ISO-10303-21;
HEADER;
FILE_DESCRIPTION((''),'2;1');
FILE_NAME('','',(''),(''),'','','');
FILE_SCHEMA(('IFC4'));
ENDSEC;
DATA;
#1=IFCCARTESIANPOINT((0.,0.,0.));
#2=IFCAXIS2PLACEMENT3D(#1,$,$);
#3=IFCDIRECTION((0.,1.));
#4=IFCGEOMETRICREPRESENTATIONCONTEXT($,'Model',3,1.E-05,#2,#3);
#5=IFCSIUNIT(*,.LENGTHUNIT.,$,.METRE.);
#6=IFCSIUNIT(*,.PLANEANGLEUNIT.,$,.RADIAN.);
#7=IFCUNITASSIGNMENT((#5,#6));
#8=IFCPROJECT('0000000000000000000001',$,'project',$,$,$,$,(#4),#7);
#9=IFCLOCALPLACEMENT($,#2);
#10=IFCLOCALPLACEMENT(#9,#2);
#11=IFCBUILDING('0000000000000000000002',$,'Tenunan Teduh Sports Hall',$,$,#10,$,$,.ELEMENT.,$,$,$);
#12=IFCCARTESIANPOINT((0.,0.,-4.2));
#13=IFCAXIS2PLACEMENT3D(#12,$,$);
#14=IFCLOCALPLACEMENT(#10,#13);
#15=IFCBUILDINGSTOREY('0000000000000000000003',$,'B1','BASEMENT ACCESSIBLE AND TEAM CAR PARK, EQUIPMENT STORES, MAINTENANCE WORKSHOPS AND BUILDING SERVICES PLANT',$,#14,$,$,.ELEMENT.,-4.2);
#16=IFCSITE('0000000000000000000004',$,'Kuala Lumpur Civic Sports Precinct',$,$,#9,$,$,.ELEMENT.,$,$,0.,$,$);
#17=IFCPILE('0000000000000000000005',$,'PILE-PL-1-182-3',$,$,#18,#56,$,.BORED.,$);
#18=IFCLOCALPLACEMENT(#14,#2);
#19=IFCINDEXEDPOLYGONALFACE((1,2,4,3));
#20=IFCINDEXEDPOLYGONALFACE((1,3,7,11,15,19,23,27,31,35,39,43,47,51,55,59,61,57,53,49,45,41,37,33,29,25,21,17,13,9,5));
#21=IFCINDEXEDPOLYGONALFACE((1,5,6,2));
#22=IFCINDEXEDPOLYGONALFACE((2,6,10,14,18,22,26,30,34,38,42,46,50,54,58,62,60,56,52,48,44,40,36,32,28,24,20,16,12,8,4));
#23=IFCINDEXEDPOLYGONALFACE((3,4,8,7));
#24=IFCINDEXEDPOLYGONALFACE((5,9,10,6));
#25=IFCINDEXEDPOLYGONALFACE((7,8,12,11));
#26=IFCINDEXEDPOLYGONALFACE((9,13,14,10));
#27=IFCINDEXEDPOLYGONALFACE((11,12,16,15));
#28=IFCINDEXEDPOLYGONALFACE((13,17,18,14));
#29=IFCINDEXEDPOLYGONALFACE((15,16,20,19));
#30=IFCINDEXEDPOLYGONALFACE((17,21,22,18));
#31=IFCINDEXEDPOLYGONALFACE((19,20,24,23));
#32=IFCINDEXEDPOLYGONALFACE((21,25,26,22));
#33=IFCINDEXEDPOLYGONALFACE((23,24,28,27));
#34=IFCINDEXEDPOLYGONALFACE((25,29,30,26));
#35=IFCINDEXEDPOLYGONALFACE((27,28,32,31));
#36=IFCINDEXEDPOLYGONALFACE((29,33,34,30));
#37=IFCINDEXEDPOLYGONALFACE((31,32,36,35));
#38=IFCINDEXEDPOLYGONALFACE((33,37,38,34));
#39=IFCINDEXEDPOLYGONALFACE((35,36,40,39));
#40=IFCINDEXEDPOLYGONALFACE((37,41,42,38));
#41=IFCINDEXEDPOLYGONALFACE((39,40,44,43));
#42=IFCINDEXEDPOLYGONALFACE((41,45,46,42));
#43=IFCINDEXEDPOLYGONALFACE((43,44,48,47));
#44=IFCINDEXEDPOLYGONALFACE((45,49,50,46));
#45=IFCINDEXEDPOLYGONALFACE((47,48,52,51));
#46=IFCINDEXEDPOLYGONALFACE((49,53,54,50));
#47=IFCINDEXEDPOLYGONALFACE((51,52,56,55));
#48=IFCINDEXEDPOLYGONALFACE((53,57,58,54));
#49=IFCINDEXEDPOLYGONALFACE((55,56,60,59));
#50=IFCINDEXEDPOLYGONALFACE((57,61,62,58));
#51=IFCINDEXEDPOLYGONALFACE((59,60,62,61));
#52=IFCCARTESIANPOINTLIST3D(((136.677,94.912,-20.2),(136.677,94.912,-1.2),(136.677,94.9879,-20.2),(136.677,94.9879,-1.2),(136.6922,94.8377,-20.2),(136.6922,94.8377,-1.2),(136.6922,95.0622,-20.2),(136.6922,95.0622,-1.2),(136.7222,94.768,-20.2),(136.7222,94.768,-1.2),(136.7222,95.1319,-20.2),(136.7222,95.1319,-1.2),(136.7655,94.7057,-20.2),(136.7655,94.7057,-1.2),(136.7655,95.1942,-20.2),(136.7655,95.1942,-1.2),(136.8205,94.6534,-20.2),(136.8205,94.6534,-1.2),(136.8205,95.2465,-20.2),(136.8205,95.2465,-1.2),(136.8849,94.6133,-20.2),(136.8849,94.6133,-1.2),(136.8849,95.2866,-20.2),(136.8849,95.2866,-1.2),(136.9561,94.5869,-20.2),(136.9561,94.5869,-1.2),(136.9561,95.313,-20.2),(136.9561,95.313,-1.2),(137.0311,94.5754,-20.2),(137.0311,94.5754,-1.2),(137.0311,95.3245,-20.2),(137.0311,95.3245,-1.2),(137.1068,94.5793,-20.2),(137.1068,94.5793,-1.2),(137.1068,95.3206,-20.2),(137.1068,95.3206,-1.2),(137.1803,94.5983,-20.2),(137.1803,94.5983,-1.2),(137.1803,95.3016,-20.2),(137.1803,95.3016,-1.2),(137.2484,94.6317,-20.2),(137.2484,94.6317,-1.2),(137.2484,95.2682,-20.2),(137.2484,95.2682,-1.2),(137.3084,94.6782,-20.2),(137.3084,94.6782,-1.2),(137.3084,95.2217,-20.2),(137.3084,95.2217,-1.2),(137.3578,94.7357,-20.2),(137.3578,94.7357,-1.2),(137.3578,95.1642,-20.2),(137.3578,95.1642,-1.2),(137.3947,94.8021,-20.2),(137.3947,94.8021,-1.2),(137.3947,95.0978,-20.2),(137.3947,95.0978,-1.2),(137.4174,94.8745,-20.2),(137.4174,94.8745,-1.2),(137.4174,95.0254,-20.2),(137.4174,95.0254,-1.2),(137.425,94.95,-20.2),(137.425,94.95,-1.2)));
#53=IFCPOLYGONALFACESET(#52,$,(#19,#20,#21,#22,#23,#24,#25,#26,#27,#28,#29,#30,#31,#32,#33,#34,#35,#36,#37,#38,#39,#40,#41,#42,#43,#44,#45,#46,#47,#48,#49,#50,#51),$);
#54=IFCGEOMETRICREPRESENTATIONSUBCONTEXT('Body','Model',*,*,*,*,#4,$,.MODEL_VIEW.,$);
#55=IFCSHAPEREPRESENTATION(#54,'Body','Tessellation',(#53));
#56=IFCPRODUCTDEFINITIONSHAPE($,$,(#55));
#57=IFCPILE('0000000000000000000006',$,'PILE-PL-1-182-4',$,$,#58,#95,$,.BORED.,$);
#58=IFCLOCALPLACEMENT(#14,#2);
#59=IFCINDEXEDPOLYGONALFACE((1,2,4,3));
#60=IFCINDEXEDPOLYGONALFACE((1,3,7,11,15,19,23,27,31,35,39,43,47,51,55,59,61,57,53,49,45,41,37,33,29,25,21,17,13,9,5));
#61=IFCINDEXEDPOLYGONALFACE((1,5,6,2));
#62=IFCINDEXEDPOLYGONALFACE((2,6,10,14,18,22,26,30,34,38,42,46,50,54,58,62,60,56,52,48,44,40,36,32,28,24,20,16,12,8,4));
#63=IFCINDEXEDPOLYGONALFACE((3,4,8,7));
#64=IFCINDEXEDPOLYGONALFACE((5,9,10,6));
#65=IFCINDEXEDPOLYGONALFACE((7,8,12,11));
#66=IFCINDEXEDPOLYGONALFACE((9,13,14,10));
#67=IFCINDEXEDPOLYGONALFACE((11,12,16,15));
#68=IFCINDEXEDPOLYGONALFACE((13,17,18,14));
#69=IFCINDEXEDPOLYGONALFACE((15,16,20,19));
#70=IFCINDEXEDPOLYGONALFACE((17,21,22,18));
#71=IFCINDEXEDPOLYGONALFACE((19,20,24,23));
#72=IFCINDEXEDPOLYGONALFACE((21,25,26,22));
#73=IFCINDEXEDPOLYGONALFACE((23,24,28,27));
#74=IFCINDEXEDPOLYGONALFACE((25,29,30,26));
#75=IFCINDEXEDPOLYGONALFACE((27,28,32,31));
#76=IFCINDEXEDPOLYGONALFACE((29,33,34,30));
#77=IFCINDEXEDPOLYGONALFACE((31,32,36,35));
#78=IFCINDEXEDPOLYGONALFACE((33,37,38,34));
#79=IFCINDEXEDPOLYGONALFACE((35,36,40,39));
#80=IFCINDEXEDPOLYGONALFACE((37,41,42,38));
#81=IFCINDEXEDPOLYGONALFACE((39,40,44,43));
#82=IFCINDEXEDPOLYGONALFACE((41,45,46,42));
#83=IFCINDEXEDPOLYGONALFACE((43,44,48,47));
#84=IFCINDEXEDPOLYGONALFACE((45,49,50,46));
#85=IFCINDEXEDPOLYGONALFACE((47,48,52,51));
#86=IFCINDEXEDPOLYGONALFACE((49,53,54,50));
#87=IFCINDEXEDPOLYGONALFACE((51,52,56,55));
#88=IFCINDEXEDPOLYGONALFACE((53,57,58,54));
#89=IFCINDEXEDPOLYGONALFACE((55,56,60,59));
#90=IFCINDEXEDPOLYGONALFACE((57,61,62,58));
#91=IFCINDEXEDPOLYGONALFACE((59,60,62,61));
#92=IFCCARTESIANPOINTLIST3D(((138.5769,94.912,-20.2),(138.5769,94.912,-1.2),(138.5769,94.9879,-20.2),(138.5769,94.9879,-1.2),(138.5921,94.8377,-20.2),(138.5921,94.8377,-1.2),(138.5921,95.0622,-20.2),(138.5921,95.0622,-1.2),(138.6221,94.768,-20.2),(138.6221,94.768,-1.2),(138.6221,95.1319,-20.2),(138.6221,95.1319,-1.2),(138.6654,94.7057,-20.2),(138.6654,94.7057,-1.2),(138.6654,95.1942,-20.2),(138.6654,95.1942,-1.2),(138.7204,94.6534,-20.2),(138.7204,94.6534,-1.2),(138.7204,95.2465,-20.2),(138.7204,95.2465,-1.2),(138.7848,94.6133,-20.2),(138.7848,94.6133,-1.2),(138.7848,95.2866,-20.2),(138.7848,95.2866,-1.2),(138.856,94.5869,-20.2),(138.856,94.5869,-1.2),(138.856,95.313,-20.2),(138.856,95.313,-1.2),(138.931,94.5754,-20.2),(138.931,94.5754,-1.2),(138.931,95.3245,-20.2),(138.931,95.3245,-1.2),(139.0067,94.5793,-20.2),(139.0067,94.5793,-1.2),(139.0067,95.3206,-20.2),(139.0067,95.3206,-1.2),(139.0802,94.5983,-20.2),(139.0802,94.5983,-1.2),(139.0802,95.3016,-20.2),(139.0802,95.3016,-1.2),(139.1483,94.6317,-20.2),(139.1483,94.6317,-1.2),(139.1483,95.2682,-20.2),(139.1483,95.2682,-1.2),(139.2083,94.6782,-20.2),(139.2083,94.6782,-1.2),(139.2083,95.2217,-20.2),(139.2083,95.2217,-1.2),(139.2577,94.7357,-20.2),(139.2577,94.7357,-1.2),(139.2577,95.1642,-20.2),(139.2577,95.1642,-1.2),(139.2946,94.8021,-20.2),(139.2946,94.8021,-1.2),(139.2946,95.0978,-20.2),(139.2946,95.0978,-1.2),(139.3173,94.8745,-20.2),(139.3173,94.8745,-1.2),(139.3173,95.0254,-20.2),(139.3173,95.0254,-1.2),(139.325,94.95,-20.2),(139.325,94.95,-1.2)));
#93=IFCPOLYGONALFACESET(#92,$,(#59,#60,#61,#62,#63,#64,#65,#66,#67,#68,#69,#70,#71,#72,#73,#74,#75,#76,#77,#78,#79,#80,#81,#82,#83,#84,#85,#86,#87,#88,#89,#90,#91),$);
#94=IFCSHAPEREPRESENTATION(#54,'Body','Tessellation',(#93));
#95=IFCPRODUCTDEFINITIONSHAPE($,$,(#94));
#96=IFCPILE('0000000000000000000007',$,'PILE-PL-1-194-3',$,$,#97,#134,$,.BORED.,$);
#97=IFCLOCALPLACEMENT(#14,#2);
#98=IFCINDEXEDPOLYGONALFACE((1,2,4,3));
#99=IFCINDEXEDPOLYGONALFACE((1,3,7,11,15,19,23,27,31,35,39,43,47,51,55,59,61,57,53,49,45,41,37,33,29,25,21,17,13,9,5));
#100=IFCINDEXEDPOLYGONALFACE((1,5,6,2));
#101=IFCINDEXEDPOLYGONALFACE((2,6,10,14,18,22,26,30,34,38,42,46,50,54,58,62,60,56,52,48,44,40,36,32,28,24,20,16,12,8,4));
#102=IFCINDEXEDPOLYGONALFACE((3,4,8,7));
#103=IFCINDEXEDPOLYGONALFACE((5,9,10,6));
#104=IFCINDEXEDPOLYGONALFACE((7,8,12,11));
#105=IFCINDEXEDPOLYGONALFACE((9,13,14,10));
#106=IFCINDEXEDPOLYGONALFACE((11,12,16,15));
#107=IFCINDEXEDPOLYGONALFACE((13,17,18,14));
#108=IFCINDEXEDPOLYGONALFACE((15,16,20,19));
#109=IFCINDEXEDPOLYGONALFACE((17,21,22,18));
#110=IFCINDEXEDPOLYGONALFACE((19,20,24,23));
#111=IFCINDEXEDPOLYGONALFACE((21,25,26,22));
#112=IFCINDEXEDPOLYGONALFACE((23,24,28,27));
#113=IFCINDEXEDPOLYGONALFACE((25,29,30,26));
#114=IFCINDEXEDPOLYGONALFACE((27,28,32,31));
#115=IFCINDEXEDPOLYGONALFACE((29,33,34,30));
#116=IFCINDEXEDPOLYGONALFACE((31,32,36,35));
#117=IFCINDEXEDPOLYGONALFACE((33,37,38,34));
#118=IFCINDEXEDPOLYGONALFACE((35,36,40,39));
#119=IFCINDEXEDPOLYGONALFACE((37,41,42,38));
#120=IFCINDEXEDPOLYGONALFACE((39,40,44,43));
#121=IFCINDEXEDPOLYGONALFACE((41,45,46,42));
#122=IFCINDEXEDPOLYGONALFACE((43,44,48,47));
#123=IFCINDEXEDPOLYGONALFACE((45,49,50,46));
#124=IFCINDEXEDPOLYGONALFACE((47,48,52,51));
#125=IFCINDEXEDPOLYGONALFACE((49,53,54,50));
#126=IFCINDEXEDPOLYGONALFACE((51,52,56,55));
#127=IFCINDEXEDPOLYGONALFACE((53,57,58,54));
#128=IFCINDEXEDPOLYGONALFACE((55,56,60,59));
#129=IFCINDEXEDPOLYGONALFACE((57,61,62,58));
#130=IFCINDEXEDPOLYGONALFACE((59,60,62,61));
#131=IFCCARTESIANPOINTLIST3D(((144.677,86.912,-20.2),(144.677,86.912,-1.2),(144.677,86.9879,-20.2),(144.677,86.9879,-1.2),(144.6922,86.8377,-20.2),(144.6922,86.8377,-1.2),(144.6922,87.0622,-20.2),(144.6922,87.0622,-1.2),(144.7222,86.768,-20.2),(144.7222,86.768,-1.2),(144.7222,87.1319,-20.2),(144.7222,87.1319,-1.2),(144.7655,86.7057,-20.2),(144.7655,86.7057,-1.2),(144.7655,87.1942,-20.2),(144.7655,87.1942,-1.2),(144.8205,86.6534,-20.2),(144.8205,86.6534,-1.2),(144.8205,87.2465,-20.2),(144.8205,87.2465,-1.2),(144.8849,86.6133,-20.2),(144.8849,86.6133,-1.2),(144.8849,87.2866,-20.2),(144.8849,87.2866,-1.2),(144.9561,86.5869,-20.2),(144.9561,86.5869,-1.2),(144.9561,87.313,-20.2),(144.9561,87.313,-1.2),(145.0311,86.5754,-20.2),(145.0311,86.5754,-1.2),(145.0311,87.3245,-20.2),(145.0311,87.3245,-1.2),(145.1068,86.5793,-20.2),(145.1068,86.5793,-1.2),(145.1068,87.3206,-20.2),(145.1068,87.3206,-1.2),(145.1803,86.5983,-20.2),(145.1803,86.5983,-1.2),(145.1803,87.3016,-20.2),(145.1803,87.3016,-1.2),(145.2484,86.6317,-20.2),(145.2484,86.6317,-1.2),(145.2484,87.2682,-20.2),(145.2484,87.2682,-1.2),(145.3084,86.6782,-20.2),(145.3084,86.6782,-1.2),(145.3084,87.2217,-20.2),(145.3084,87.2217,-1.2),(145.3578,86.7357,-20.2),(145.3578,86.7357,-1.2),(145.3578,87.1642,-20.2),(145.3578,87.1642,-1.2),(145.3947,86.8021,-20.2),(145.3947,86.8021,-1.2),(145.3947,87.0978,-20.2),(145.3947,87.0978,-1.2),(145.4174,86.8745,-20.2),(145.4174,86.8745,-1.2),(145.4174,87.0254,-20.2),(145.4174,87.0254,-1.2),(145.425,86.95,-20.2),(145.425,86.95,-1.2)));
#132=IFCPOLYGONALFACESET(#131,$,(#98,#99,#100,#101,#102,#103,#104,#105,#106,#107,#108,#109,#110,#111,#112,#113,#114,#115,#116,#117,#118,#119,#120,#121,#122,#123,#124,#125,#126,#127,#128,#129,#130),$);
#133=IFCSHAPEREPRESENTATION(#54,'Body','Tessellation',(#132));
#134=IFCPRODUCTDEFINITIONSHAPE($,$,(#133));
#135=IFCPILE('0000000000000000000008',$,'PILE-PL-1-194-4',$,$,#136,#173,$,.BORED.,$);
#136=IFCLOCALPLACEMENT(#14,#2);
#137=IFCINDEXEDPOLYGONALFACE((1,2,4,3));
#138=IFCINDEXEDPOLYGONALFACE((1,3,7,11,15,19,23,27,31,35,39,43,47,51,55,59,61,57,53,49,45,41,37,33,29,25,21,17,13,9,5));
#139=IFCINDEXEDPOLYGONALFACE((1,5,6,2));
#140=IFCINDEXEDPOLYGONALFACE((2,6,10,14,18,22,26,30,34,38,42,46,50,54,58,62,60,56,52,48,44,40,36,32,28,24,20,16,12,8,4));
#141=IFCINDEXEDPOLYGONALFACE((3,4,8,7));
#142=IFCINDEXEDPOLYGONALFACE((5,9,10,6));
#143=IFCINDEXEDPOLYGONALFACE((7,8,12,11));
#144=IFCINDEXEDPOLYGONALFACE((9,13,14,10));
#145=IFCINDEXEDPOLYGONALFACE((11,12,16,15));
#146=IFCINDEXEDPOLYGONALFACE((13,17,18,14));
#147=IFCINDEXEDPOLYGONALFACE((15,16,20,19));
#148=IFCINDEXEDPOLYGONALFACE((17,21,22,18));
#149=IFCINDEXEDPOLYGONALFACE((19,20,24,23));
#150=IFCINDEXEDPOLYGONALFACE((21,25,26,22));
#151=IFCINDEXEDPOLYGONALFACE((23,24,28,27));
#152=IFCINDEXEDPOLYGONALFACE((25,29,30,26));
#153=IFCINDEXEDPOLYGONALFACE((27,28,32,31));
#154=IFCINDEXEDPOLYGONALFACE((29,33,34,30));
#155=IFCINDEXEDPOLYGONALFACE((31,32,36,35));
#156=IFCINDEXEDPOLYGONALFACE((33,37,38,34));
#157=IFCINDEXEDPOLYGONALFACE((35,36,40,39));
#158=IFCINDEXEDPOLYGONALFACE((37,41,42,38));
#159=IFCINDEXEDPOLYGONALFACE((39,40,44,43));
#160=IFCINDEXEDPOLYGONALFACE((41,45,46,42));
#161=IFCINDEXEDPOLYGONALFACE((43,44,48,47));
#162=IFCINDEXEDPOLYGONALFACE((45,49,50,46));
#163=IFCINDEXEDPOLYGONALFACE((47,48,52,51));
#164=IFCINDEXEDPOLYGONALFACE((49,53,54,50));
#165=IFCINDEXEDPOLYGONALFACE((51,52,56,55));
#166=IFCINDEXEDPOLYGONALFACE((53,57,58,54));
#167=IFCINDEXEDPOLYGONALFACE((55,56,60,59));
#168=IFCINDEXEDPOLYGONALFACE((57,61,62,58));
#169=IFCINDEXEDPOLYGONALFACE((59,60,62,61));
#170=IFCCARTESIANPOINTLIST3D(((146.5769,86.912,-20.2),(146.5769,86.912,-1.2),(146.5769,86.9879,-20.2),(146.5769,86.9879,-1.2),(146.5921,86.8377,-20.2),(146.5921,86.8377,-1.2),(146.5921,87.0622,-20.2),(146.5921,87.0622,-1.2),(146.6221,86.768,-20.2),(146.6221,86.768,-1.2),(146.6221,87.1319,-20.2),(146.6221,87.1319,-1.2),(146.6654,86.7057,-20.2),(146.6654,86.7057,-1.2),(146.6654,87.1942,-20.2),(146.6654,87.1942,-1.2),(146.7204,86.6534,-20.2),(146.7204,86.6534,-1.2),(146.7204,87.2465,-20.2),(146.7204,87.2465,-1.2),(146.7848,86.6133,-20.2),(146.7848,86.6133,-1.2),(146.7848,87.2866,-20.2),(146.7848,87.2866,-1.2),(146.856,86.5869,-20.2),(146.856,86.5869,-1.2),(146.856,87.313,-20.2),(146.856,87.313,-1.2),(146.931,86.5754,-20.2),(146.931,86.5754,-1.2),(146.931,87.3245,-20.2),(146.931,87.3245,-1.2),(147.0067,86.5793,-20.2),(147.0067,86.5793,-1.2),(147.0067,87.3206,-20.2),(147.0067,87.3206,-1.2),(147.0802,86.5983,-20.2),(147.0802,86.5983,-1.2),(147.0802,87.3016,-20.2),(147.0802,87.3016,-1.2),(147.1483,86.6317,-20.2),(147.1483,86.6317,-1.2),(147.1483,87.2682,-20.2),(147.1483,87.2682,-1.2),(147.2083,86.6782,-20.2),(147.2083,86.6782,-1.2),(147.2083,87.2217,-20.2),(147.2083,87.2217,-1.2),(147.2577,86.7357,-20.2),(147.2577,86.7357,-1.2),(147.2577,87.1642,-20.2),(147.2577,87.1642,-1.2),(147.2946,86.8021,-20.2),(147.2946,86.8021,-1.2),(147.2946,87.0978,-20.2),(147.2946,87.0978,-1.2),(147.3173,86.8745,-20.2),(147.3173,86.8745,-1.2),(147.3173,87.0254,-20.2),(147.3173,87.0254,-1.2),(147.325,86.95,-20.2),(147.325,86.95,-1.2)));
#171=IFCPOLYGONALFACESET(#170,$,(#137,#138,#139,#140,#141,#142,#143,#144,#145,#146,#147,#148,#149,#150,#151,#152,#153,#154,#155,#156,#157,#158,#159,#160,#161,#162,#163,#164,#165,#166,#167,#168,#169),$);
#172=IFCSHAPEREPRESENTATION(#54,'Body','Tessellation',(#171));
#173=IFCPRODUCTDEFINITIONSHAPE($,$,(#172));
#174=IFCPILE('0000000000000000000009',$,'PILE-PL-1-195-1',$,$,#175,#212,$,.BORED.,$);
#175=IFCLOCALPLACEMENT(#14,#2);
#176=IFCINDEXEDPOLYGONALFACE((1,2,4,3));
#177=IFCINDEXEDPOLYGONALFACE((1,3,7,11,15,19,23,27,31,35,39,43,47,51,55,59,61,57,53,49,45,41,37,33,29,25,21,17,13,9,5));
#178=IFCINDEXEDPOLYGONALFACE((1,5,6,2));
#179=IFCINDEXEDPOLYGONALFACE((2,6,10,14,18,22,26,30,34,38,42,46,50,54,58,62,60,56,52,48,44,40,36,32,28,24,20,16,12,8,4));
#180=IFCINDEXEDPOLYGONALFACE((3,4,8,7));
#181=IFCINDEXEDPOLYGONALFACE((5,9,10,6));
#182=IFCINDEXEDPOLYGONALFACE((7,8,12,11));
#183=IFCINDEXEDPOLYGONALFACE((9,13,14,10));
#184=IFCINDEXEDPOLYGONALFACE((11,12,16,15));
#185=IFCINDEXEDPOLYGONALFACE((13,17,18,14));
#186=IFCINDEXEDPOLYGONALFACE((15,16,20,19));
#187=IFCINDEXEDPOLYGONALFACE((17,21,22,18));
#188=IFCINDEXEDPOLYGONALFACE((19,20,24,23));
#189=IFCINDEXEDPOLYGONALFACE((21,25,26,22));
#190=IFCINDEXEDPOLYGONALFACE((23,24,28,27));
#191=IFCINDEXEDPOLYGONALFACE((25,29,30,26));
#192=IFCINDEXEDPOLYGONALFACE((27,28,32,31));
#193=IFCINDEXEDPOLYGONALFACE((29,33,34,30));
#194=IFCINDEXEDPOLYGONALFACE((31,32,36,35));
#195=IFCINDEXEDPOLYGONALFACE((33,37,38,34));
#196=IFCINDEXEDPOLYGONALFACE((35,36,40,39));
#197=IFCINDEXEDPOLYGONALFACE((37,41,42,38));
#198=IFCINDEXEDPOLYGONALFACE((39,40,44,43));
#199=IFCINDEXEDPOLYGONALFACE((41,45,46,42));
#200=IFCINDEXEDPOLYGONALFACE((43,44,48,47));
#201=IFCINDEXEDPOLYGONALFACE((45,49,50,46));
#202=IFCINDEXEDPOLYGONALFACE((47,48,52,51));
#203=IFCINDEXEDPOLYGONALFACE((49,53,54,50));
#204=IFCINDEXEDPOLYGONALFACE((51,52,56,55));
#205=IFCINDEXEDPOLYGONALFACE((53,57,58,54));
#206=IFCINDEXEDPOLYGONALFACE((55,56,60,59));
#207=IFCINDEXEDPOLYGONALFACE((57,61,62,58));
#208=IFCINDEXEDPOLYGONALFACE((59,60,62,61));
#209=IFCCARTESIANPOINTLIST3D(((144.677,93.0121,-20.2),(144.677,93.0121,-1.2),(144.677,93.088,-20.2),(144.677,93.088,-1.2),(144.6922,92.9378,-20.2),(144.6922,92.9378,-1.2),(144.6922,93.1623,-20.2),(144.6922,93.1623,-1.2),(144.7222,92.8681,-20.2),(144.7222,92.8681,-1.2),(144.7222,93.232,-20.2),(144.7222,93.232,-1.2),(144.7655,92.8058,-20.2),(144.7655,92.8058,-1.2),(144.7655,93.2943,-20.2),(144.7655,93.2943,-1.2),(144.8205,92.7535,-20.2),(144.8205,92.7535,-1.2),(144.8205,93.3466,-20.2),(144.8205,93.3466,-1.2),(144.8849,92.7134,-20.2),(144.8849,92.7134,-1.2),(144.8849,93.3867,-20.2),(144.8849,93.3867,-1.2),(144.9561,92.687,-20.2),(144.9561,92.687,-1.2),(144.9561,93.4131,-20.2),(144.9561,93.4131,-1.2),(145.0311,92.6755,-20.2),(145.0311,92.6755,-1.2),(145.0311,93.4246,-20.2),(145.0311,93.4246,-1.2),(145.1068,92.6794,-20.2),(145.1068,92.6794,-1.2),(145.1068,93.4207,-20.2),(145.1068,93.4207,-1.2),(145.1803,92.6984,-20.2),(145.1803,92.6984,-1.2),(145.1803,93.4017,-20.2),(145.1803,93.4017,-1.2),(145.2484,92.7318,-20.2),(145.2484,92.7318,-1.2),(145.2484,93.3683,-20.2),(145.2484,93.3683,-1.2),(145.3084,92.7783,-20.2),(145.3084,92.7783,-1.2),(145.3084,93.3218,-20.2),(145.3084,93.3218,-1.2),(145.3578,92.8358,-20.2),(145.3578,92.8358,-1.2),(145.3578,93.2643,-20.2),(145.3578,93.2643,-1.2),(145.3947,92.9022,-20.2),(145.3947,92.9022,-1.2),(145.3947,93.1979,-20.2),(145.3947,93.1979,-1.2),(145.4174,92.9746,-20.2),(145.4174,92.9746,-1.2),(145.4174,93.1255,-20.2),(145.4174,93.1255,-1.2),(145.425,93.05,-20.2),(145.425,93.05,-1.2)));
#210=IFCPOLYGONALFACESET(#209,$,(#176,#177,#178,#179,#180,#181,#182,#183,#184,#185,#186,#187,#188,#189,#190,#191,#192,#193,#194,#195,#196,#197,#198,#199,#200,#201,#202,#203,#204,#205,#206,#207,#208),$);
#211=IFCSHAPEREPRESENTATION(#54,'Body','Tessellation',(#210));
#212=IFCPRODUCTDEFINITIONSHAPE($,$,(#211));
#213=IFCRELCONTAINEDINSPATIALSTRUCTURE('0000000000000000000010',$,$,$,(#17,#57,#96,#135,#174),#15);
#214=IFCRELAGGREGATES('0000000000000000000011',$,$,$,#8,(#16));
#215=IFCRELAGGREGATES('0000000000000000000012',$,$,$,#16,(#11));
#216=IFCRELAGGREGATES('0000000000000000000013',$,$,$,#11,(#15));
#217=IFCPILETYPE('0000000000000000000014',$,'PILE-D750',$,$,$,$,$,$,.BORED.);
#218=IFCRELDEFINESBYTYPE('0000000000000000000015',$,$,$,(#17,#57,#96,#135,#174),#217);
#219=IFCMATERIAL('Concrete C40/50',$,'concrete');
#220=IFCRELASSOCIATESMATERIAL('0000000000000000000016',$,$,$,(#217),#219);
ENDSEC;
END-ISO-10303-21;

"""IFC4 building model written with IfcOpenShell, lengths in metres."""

from ifc_helpers import new_model, si_unit, direction, frame, origin, origin_2d, place, context, subcontext, project, spatial, circle, extrude, material, material_profile, profile_set, type_object, element, save


model = new_model("IFC4")

# Units and contexts
model_context = context("Model", 3, precision=1e-05, world=origin(), true_north=direction((0.0, 1.0)))
body_context = subcontext(model_context, "Body", "Model", "MODEL_VIEW")
ifc_project = project(units=[si_unit("LENGTHUNIT", "METRE"), si_unit("PLANEANGLEUNIT", "RADIAN")], contexts=[model_context])

# Site, building, storey
site_placement = place(None, origin())
site = spatial("IfcSite", under=ifc_project, at=site_placement, Name="Kuala Lumpur Civic Sports Precinct", CompositionType="ELEMENT", RefElevation=0.0)
building_placement = place(site_placement, origin())
building = spatial("IfcBuilding", under=site, at=building_placement, Name="Tenunan Teduh Sports Hall", CompositionType="ELEMENT")
storey_placement = place(building_placement, frame((0.0, 0.0, -4.2)))
storey = spatial("IfcBuildingStorey", under=building, at=storey_placement, Name="B1", Description="BASEMENT ACCESSIBLE AND TEAM CAR PARK, EQUIPMENT STORES, MAINTENANCE WORKSHOPS AND BUILDING SERVICES PLANT", CompositionType="ELEMENT", Elevation=-4.2)

# Piles
ifc_material_1 = material(Name="Concrete C40/50", Category="concrete")
ifc_material_profile_1 = material_profile(ifc_material_1, circle(Radius=0.375, at=origin_2d()), Name="PILE D750")
ifc_profile_set_1 = profile_set([ifc_material_profile_1], Name="Concrete C40/50")
pile_type = type_object("IfcPileType", Name="PILE-D750", PredefinedType="BORED", material=ifc_profile_set_1)
for number, where, z_axis, x_axis, name in (
    (1, (137.05, 94.95, -1.2), (0.0, 0.0, -1.0), (1.0, 0.0, 0.0), "PILE-PL-1-182-3"),
    (2, (138.95, 94.95, -1.2), (0.0, 0.0, -1.0), (1.0, 0.0, 0.0), "PILE-PL-1-182-4"),
    (3, (145.05, 86.95, -1.2), (0.0, 0.0, -1.0), (1.0, 0.0, 0.0), "PILE-PL-1-194-3"),
    (4, (146.95, 86.95, -1.2), (0.0, 0.0, -1.0), (1.0, 0.0, 0.0), "PILE-PL-1-194-4"),
    (5, (145.05, 93.05, -1.2), (0.0, 0.0, -1.0), (1.0, 0.0, 0.0), "PILE-PL-1-195-1"),
):
    element("IfcPile", number, at=place(storey_placement, frame(where, z_axis=z_axis, x_axis=x_axis)), inside=storey, type_object=pile_type, Name=name, PredefinedType="BORED", context=body_context, shape_type="SweptSolid", body=[
        extrude(circle(Radius=0.375, at=origin_2d()), origin(), (0.0, 0.0, 1.0), 19.0),
    ])

save(model, "model.ifc")
